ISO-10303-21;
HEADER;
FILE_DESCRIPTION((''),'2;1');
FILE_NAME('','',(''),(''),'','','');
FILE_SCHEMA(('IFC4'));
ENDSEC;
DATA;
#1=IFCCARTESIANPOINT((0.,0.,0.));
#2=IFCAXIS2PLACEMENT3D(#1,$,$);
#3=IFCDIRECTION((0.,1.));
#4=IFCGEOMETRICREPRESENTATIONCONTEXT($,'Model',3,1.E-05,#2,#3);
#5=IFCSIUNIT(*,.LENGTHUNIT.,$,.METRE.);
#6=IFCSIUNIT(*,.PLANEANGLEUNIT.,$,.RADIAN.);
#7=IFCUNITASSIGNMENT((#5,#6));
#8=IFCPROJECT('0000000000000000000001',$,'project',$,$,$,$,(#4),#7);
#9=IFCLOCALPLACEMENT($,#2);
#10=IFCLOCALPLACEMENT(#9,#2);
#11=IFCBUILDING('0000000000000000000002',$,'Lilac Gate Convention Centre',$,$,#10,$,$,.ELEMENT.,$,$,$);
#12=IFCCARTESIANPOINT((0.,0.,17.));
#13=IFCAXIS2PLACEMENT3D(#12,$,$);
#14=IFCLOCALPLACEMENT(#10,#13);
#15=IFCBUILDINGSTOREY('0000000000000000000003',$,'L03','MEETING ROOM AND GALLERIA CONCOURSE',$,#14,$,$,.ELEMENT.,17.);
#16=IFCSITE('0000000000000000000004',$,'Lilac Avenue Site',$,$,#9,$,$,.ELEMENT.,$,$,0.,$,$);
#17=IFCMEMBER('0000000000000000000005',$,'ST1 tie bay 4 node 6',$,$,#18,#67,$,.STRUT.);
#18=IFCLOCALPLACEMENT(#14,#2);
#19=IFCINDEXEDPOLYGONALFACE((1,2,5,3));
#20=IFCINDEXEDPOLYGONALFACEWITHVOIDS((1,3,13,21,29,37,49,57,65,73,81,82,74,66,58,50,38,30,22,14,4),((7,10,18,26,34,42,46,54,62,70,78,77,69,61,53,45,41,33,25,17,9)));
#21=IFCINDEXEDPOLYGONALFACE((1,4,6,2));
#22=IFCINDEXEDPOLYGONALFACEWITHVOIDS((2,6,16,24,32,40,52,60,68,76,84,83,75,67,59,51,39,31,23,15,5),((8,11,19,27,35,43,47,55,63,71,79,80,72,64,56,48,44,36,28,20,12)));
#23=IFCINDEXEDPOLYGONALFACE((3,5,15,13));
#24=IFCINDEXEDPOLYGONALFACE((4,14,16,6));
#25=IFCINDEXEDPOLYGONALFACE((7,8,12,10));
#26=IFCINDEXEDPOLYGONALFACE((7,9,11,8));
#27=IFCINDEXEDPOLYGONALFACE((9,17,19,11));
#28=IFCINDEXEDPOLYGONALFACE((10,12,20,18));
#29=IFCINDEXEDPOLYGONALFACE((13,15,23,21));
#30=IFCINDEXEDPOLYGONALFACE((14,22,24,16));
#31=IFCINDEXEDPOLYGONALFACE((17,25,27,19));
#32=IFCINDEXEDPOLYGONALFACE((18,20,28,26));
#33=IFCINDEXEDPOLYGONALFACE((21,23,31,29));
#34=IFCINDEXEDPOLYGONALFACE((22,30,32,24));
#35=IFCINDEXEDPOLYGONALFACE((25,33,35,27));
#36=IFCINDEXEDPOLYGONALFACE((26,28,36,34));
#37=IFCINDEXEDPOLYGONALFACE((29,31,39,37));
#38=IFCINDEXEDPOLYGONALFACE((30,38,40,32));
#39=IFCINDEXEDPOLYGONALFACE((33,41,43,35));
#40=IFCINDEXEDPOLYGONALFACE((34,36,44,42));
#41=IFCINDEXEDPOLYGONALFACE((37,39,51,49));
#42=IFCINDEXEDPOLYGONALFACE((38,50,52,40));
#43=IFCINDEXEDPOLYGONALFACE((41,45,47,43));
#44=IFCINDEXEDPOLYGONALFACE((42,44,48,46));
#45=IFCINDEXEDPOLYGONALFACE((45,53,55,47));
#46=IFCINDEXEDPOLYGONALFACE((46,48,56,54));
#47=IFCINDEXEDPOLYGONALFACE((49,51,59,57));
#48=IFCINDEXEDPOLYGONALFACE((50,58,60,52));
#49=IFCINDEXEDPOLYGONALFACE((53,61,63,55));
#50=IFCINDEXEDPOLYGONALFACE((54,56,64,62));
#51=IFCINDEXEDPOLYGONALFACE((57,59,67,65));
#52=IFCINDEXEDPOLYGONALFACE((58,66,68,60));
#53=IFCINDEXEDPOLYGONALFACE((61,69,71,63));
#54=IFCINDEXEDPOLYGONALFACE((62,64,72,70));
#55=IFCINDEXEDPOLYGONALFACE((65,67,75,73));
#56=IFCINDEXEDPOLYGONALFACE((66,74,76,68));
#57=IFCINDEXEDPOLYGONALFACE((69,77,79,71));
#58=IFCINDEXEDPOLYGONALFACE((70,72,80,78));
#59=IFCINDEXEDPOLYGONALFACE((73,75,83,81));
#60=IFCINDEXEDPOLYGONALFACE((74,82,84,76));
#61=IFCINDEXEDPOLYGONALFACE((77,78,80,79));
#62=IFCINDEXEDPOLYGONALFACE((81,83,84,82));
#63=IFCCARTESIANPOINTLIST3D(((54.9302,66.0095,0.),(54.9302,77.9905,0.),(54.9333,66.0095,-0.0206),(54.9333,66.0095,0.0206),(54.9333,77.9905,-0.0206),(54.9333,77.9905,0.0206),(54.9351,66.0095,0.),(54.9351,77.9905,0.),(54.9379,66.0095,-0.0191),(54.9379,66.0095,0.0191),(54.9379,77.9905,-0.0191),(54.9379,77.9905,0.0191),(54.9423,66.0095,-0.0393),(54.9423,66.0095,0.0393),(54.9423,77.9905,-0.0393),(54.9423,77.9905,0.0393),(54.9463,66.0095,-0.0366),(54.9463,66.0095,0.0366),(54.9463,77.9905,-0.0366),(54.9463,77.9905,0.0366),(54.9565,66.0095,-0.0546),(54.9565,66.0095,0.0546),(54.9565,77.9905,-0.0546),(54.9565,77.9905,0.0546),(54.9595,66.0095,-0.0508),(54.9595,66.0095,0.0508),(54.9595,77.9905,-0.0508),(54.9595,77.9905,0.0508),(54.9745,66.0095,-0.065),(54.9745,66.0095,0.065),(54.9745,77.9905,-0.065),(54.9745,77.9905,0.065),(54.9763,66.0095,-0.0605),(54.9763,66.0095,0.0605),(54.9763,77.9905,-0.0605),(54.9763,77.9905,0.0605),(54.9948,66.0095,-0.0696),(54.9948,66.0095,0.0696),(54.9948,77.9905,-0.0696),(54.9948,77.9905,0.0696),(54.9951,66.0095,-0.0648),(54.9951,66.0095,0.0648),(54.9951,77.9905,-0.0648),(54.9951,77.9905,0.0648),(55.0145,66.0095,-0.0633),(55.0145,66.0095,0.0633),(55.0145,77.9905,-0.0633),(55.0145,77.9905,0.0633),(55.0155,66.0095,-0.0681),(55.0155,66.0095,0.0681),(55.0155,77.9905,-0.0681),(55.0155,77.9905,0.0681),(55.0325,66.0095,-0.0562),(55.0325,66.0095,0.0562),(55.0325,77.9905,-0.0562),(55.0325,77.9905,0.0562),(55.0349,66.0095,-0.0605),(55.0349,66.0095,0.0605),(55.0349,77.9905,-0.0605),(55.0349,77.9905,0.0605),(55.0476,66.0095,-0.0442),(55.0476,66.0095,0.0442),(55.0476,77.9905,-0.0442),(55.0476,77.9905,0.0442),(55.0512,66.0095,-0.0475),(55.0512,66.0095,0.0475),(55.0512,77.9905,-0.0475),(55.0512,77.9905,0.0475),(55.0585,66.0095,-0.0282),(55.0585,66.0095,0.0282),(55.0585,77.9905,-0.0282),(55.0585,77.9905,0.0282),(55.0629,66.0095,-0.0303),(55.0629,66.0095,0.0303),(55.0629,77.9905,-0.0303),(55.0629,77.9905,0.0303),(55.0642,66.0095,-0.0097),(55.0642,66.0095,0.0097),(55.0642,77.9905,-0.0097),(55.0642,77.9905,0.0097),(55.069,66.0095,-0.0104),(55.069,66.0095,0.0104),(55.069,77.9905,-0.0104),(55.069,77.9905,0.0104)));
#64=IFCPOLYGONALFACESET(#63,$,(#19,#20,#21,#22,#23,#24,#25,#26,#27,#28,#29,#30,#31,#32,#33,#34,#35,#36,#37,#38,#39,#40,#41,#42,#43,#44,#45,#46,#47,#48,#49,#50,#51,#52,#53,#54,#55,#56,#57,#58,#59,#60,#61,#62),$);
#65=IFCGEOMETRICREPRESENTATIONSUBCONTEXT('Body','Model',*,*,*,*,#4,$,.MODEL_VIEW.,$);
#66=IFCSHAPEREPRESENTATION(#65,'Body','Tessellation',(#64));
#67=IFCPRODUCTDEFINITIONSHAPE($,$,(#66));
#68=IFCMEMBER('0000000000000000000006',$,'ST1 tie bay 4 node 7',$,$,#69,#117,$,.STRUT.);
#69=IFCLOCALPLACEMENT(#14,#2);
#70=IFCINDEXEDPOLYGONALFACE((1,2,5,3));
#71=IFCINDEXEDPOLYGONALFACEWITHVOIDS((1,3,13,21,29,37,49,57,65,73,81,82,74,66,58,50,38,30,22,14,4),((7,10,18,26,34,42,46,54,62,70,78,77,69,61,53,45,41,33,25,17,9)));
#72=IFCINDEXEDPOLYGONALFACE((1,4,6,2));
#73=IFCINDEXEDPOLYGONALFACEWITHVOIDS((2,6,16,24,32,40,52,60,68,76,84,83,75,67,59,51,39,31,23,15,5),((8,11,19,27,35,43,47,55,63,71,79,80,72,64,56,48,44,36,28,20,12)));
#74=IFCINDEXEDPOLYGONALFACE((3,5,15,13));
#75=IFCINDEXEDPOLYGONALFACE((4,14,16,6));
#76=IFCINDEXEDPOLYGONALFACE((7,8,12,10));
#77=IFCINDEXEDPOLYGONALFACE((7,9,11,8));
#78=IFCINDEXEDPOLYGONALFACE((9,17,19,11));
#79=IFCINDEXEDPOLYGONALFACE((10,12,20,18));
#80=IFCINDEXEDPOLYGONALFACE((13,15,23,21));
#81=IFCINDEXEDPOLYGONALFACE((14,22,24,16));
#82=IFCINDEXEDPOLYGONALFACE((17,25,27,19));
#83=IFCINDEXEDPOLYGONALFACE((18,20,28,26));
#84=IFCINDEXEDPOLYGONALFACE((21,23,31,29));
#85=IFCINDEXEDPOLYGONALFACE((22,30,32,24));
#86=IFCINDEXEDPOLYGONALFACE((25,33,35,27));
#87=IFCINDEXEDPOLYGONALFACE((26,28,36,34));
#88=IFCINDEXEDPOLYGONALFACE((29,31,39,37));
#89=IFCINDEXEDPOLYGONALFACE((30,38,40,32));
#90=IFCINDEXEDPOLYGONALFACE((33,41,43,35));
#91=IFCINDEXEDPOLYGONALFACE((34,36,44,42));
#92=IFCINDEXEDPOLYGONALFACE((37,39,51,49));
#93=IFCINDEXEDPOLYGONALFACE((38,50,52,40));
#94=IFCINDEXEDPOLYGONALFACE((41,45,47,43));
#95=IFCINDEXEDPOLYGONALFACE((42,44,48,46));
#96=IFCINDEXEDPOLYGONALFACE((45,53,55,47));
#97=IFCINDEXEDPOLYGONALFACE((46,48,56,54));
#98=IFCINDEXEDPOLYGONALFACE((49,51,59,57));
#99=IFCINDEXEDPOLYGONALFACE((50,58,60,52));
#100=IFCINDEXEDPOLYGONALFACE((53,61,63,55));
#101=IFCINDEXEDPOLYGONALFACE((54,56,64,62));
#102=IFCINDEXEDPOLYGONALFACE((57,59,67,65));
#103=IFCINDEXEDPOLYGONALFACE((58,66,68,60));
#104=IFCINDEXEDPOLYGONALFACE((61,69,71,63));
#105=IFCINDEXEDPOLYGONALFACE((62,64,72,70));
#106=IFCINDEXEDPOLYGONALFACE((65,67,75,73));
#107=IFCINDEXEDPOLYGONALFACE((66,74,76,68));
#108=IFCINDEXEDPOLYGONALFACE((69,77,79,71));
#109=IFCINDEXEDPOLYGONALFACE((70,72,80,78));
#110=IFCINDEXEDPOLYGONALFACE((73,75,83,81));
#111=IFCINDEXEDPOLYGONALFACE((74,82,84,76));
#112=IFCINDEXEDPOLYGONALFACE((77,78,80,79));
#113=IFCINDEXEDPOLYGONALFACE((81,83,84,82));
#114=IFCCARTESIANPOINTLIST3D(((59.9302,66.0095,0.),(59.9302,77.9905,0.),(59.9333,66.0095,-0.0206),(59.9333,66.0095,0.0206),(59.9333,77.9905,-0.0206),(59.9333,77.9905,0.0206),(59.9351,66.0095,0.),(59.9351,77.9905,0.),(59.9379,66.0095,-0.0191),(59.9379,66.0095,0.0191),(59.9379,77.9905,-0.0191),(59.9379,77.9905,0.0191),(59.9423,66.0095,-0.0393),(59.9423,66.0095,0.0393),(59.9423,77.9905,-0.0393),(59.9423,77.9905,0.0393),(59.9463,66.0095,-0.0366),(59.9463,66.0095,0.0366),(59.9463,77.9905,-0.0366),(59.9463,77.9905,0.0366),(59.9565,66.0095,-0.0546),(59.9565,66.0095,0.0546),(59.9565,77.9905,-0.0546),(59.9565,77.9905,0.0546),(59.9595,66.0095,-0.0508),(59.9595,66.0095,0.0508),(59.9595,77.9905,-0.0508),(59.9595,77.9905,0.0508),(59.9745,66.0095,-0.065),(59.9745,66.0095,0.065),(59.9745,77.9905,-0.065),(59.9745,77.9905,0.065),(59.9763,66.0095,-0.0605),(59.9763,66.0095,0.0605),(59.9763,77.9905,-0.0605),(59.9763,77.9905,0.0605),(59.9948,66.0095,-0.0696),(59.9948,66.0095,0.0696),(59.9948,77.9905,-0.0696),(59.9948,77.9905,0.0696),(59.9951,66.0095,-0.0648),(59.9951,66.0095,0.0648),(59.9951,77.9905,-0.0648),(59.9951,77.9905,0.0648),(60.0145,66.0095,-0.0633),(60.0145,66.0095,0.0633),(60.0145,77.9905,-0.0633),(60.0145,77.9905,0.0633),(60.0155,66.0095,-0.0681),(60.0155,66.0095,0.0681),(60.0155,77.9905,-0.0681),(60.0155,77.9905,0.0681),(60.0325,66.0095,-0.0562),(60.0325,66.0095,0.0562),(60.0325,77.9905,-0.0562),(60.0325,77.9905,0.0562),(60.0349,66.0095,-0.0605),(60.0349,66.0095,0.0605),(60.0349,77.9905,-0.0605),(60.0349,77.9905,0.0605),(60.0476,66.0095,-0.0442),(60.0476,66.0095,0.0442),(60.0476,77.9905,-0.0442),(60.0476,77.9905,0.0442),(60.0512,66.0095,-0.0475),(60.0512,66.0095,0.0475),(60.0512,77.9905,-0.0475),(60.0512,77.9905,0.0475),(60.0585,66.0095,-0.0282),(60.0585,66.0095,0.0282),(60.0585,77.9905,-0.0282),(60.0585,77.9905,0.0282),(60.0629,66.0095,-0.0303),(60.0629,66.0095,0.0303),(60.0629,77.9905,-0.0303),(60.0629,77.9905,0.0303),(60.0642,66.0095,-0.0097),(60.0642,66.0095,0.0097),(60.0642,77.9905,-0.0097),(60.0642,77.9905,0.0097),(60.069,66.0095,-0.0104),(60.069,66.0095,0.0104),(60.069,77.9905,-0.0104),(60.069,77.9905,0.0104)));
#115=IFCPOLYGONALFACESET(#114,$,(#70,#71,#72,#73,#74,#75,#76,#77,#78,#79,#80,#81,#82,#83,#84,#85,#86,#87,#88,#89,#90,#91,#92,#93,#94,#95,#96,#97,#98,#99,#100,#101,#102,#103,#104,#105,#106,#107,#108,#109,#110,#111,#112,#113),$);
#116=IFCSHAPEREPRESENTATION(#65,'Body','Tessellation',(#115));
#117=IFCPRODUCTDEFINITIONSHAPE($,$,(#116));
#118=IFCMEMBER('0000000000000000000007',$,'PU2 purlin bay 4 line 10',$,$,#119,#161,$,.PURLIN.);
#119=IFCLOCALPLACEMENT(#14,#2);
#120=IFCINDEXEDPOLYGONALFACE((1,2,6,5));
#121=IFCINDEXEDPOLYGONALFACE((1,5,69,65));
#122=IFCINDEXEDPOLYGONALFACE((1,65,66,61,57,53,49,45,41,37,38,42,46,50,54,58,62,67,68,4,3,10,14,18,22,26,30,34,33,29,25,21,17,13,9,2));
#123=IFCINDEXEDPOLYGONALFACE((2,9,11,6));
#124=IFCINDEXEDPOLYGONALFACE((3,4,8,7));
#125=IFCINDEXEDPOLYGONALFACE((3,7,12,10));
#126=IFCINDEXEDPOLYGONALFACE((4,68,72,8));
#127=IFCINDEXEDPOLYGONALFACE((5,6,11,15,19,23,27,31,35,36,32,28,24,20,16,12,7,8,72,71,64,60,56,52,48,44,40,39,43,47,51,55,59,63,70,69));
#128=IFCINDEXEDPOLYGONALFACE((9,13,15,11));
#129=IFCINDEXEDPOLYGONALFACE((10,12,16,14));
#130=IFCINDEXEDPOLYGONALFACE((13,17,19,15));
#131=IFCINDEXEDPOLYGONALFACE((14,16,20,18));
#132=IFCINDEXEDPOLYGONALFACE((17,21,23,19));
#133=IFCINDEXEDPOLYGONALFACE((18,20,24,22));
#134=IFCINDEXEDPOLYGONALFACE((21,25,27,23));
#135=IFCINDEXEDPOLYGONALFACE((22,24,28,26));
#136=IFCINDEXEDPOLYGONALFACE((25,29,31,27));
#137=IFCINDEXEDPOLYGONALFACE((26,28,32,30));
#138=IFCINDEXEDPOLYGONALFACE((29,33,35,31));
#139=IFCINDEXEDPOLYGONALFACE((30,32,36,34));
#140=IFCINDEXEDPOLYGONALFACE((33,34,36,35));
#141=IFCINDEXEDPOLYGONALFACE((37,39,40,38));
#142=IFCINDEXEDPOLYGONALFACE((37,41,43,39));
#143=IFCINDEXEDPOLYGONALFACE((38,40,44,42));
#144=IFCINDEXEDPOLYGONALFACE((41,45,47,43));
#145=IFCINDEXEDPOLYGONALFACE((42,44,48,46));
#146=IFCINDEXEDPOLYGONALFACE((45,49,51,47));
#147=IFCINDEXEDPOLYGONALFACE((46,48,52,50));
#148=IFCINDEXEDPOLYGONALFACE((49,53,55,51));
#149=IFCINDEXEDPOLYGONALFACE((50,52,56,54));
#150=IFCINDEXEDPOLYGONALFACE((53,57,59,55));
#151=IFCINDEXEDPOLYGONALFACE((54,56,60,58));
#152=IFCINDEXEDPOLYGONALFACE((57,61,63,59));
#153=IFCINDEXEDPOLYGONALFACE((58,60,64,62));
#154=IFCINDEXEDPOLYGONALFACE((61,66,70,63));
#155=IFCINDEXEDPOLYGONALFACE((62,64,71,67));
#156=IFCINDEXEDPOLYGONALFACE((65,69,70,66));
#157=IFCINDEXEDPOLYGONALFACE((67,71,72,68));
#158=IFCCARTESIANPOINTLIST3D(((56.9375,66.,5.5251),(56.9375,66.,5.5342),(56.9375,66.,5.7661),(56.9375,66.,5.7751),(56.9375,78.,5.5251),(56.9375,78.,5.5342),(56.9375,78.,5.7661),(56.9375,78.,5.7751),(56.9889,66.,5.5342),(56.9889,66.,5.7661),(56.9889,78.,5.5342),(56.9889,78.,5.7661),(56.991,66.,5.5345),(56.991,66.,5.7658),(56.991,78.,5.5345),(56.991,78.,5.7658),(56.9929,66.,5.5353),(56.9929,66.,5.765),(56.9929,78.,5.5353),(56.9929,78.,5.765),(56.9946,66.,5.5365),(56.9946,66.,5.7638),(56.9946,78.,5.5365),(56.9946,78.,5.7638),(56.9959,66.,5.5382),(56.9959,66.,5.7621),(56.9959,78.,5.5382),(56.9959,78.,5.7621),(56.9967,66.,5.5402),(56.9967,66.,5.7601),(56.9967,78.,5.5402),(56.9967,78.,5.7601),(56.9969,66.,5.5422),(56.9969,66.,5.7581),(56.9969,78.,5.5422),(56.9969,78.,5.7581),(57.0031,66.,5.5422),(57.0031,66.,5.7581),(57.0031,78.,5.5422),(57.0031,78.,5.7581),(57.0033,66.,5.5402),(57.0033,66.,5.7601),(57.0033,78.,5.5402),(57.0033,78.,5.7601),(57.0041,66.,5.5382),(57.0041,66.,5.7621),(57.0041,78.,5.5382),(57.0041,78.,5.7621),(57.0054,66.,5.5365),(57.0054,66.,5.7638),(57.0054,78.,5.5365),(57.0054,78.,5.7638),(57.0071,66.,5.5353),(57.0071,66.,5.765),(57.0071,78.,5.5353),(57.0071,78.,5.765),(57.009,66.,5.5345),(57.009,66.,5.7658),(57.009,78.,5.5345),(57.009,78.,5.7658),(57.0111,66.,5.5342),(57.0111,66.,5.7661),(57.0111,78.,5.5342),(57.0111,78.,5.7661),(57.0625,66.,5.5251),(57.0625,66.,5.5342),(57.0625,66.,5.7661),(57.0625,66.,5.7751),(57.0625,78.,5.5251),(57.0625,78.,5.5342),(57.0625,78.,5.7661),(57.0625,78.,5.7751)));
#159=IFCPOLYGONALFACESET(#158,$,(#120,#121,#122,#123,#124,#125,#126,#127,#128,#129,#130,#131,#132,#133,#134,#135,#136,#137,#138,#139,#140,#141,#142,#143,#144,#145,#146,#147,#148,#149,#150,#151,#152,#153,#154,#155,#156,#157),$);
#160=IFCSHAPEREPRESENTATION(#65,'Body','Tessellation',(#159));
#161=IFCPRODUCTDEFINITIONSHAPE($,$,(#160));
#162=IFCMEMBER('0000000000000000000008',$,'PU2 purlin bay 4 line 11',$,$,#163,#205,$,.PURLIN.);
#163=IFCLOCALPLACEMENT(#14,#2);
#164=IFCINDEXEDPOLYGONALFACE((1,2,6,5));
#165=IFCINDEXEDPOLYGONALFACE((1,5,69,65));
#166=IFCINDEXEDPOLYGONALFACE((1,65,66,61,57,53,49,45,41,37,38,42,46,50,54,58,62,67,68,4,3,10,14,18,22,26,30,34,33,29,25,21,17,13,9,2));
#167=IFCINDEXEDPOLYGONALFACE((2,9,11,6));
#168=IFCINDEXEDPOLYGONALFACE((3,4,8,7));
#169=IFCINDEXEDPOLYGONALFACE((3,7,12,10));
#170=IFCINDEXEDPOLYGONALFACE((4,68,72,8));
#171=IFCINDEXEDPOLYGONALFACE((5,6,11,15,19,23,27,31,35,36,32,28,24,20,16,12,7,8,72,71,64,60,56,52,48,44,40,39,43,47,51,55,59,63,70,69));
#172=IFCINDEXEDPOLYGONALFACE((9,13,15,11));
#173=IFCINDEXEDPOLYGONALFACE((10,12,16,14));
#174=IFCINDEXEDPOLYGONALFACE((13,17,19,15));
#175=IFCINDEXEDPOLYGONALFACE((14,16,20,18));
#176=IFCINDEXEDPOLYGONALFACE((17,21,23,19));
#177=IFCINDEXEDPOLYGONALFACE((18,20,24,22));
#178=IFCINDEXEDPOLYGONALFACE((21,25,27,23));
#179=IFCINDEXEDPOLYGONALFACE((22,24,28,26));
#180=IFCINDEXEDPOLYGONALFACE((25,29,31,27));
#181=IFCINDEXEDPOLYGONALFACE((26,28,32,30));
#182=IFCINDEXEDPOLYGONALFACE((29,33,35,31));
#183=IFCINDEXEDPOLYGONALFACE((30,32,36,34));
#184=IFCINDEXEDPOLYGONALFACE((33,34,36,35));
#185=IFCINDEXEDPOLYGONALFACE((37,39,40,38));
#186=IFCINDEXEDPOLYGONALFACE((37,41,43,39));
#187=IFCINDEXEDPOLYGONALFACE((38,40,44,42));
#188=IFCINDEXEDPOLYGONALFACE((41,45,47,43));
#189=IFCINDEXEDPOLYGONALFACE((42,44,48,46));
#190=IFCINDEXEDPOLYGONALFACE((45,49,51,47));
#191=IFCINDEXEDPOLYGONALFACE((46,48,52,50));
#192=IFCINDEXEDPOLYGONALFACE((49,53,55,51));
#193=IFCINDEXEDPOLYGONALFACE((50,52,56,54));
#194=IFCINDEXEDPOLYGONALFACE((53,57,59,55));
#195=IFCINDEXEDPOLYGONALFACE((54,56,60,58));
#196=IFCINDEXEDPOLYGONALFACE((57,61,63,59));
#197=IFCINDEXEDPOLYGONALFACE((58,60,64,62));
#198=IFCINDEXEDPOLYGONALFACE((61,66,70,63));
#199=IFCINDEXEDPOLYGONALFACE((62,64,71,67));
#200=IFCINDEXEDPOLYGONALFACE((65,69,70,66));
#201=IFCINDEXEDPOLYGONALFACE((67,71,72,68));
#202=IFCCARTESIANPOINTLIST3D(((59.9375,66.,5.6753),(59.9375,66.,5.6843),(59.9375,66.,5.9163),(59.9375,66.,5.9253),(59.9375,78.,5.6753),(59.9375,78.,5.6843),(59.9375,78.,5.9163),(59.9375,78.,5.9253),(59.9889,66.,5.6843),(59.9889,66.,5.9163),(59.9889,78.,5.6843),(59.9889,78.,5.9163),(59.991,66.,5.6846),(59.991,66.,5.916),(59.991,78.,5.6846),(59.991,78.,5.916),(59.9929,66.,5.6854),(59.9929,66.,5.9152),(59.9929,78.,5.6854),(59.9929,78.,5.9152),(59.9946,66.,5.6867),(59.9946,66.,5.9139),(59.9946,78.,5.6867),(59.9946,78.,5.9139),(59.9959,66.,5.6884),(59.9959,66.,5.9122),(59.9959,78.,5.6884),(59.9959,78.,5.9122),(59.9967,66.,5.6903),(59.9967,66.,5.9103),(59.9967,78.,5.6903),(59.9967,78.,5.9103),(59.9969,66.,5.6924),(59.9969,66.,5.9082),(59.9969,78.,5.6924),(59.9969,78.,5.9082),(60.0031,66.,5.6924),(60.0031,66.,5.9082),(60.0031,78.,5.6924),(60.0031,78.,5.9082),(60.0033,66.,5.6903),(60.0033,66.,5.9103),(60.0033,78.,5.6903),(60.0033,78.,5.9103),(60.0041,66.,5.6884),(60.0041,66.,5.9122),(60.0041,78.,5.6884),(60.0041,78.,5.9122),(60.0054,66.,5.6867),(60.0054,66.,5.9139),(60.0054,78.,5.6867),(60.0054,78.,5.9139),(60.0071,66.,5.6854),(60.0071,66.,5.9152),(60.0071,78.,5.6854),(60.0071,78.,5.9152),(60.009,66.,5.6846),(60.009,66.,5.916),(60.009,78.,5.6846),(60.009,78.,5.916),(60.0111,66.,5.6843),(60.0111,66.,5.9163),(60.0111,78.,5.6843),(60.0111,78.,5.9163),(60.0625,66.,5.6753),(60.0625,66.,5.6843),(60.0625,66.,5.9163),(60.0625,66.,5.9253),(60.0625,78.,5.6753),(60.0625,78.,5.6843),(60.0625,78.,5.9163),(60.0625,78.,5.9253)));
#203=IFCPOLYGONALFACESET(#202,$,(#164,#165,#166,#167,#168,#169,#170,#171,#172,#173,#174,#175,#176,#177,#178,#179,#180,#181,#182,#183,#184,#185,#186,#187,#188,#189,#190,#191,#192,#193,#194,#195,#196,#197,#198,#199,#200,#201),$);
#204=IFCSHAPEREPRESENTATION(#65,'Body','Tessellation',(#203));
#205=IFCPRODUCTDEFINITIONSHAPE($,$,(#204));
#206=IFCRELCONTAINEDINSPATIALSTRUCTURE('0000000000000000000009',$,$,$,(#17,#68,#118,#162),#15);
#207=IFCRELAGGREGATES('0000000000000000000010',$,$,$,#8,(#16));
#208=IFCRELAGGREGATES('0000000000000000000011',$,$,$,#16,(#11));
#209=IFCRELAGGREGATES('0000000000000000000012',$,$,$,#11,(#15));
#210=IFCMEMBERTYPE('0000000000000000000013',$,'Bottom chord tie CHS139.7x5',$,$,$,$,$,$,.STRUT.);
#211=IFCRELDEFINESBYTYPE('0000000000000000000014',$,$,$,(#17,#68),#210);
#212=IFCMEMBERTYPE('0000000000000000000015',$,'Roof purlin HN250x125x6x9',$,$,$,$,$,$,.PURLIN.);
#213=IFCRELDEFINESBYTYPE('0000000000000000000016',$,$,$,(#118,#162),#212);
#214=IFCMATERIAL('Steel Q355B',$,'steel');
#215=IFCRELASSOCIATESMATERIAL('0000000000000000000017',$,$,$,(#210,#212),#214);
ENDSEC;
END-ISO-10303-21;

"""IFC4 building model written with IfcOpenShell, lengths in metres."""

from ifc_helpers import new_model, si_unit, direction, frame, origin, origin_2d, place, context, subcontext, project, spatial, hollow_circle, i_section, extrude, material, material_profile, profile_set, type_object, element, save


model = new_model("IFC4")

# Units and contexts
model_context = context("Model", 3, precision=1e-05, world=origin(), true_north=direction((0.0, 1.0)))
body_context = subcontext(model_context, "Body", "Model", "MODEL_VIEW")
ifc_project = project(units=[si_unit("LENGTHUNIT", "METRE"), si_unit("PLANEANGLEUNIT", "RADIAN")], contexts=[model_context])

# Site, building, storey
site_placement = place(None, origin())
site = spatial("IfcSite", under=ifc_project, at=site_placement, Name="Lilac Avenue Site", CompositionType="ELEMENT", RefElevation=0.0)
building_placement = place(site_placement, origin())
building = spatial("IfcBuilding", under=site, at=building_placement, Name="Lilac Gate Convention Centre", CompositionType="ELEMENT")
storey_placement = place(building_placement, frame((0.0, 0.0, 17.0)))
storey = spatial("IfcBuildingStorey", under=building, at=storey_placement, Name="L03", Description="MEETING ROOM AND GALLERIA CONCOURSE", CompositionType="ELEMENT", Elevation=17.0)

# Members
ifc_material = material(Name="Steel Q355B", Category="steel")
ifc_material_profile_1 = material_profile(ifc_material, hollow_circle(Radius=0.0698, WallThickness=0.0049, at=origin_2d()), Name="CHS139.7x5")
ifc_profile_set_1 = profile_set([ifc_material_profile_1], Name="Steel Q355B")
member_type_1 = type_object("IfcMemberType", Name="Bottom chord tie CHS139.7x5", PredefinedType="STRUT", material=ifc_profile_set_1)
for number, where, z_axis, x_axis, name in (
    (1, (55.0, 66.0095, 0.0), (0.0, 1.0, 0.0), (-1.0, 0.0, 0.0), "ST1 tie bay 4 node 6"),
    (2, (60.0, 66.0095, 0.0), (0.0, 1.0, 0.0), (-1.0, 0.0, 0.0), "ST1 tie bay 4 node 7"),
):
    element("IfcMember", number, at=place(storey_placement, frame(where, z_axis=z_axis, x_axis=x_axis)), inside=storey, type_object=member_type_1, Name=name, PredefinedType="STRUT", context=body_context, shape_type="SweptSolid", body=[
        extrude(hollow_circle(Radius=0.0698, WallThickness=0.0049, at=origin_2d()), origin(), (0.0, 0.0, 1.0), 11.981),
    ])
ifc_material_profile_2 = material_profile(ifc_material, i_section(OverallWidth=0.125, OverallDepth=0.25, WebThickness=0.0061, FlangeThickness=0.009, FilletRadius=0.0081, at=origin_2d()), Name="HN250x125x6x9")
ifc_profile_set_2 = profile_set([ifc_material_profile_2], Name="Steel Q355B")
member_type_2 = type_object("IfcMemberType", Name="Roof purlin HN250x125x6x9", PredefinedType="PURLIN", material=ifc_profile_set_2)
for number, where, z_axis, x_axis, name in (
    (3, (57.0, 66.0, 5.6501), (0.0, 1.0, 0.0), (-1.0, 0.0, 0.0), "PU2 purlin bay 4 line 10"),
    (4, (60.0, 66.0, 5.8003), (0.0, 1.0, 0.0), (-1.0, 0.0, 0.0), "PU2 purlin bay 4 line 11"),
):
    element("IfcMember", number, at=place(storey_placement, frame(where, z_axis=z_axis, x_axis=x_axis)), inside=storey, type_object=member_type_2, Name=name, PredefinedType="PURLIN", context=body_context, shape_type="SweptSolid", body=[
        extrude(i_section(OverallWidth=0.125, OverallDepth=0.25, WebThickness=0.0061, FlangeThickness=0.009, FilletRadius=0.0081, at=origin_2d()), origin(), (0.0, 0.0, 1.0), 12.0),
    ])

save(model, "model.ifc")
